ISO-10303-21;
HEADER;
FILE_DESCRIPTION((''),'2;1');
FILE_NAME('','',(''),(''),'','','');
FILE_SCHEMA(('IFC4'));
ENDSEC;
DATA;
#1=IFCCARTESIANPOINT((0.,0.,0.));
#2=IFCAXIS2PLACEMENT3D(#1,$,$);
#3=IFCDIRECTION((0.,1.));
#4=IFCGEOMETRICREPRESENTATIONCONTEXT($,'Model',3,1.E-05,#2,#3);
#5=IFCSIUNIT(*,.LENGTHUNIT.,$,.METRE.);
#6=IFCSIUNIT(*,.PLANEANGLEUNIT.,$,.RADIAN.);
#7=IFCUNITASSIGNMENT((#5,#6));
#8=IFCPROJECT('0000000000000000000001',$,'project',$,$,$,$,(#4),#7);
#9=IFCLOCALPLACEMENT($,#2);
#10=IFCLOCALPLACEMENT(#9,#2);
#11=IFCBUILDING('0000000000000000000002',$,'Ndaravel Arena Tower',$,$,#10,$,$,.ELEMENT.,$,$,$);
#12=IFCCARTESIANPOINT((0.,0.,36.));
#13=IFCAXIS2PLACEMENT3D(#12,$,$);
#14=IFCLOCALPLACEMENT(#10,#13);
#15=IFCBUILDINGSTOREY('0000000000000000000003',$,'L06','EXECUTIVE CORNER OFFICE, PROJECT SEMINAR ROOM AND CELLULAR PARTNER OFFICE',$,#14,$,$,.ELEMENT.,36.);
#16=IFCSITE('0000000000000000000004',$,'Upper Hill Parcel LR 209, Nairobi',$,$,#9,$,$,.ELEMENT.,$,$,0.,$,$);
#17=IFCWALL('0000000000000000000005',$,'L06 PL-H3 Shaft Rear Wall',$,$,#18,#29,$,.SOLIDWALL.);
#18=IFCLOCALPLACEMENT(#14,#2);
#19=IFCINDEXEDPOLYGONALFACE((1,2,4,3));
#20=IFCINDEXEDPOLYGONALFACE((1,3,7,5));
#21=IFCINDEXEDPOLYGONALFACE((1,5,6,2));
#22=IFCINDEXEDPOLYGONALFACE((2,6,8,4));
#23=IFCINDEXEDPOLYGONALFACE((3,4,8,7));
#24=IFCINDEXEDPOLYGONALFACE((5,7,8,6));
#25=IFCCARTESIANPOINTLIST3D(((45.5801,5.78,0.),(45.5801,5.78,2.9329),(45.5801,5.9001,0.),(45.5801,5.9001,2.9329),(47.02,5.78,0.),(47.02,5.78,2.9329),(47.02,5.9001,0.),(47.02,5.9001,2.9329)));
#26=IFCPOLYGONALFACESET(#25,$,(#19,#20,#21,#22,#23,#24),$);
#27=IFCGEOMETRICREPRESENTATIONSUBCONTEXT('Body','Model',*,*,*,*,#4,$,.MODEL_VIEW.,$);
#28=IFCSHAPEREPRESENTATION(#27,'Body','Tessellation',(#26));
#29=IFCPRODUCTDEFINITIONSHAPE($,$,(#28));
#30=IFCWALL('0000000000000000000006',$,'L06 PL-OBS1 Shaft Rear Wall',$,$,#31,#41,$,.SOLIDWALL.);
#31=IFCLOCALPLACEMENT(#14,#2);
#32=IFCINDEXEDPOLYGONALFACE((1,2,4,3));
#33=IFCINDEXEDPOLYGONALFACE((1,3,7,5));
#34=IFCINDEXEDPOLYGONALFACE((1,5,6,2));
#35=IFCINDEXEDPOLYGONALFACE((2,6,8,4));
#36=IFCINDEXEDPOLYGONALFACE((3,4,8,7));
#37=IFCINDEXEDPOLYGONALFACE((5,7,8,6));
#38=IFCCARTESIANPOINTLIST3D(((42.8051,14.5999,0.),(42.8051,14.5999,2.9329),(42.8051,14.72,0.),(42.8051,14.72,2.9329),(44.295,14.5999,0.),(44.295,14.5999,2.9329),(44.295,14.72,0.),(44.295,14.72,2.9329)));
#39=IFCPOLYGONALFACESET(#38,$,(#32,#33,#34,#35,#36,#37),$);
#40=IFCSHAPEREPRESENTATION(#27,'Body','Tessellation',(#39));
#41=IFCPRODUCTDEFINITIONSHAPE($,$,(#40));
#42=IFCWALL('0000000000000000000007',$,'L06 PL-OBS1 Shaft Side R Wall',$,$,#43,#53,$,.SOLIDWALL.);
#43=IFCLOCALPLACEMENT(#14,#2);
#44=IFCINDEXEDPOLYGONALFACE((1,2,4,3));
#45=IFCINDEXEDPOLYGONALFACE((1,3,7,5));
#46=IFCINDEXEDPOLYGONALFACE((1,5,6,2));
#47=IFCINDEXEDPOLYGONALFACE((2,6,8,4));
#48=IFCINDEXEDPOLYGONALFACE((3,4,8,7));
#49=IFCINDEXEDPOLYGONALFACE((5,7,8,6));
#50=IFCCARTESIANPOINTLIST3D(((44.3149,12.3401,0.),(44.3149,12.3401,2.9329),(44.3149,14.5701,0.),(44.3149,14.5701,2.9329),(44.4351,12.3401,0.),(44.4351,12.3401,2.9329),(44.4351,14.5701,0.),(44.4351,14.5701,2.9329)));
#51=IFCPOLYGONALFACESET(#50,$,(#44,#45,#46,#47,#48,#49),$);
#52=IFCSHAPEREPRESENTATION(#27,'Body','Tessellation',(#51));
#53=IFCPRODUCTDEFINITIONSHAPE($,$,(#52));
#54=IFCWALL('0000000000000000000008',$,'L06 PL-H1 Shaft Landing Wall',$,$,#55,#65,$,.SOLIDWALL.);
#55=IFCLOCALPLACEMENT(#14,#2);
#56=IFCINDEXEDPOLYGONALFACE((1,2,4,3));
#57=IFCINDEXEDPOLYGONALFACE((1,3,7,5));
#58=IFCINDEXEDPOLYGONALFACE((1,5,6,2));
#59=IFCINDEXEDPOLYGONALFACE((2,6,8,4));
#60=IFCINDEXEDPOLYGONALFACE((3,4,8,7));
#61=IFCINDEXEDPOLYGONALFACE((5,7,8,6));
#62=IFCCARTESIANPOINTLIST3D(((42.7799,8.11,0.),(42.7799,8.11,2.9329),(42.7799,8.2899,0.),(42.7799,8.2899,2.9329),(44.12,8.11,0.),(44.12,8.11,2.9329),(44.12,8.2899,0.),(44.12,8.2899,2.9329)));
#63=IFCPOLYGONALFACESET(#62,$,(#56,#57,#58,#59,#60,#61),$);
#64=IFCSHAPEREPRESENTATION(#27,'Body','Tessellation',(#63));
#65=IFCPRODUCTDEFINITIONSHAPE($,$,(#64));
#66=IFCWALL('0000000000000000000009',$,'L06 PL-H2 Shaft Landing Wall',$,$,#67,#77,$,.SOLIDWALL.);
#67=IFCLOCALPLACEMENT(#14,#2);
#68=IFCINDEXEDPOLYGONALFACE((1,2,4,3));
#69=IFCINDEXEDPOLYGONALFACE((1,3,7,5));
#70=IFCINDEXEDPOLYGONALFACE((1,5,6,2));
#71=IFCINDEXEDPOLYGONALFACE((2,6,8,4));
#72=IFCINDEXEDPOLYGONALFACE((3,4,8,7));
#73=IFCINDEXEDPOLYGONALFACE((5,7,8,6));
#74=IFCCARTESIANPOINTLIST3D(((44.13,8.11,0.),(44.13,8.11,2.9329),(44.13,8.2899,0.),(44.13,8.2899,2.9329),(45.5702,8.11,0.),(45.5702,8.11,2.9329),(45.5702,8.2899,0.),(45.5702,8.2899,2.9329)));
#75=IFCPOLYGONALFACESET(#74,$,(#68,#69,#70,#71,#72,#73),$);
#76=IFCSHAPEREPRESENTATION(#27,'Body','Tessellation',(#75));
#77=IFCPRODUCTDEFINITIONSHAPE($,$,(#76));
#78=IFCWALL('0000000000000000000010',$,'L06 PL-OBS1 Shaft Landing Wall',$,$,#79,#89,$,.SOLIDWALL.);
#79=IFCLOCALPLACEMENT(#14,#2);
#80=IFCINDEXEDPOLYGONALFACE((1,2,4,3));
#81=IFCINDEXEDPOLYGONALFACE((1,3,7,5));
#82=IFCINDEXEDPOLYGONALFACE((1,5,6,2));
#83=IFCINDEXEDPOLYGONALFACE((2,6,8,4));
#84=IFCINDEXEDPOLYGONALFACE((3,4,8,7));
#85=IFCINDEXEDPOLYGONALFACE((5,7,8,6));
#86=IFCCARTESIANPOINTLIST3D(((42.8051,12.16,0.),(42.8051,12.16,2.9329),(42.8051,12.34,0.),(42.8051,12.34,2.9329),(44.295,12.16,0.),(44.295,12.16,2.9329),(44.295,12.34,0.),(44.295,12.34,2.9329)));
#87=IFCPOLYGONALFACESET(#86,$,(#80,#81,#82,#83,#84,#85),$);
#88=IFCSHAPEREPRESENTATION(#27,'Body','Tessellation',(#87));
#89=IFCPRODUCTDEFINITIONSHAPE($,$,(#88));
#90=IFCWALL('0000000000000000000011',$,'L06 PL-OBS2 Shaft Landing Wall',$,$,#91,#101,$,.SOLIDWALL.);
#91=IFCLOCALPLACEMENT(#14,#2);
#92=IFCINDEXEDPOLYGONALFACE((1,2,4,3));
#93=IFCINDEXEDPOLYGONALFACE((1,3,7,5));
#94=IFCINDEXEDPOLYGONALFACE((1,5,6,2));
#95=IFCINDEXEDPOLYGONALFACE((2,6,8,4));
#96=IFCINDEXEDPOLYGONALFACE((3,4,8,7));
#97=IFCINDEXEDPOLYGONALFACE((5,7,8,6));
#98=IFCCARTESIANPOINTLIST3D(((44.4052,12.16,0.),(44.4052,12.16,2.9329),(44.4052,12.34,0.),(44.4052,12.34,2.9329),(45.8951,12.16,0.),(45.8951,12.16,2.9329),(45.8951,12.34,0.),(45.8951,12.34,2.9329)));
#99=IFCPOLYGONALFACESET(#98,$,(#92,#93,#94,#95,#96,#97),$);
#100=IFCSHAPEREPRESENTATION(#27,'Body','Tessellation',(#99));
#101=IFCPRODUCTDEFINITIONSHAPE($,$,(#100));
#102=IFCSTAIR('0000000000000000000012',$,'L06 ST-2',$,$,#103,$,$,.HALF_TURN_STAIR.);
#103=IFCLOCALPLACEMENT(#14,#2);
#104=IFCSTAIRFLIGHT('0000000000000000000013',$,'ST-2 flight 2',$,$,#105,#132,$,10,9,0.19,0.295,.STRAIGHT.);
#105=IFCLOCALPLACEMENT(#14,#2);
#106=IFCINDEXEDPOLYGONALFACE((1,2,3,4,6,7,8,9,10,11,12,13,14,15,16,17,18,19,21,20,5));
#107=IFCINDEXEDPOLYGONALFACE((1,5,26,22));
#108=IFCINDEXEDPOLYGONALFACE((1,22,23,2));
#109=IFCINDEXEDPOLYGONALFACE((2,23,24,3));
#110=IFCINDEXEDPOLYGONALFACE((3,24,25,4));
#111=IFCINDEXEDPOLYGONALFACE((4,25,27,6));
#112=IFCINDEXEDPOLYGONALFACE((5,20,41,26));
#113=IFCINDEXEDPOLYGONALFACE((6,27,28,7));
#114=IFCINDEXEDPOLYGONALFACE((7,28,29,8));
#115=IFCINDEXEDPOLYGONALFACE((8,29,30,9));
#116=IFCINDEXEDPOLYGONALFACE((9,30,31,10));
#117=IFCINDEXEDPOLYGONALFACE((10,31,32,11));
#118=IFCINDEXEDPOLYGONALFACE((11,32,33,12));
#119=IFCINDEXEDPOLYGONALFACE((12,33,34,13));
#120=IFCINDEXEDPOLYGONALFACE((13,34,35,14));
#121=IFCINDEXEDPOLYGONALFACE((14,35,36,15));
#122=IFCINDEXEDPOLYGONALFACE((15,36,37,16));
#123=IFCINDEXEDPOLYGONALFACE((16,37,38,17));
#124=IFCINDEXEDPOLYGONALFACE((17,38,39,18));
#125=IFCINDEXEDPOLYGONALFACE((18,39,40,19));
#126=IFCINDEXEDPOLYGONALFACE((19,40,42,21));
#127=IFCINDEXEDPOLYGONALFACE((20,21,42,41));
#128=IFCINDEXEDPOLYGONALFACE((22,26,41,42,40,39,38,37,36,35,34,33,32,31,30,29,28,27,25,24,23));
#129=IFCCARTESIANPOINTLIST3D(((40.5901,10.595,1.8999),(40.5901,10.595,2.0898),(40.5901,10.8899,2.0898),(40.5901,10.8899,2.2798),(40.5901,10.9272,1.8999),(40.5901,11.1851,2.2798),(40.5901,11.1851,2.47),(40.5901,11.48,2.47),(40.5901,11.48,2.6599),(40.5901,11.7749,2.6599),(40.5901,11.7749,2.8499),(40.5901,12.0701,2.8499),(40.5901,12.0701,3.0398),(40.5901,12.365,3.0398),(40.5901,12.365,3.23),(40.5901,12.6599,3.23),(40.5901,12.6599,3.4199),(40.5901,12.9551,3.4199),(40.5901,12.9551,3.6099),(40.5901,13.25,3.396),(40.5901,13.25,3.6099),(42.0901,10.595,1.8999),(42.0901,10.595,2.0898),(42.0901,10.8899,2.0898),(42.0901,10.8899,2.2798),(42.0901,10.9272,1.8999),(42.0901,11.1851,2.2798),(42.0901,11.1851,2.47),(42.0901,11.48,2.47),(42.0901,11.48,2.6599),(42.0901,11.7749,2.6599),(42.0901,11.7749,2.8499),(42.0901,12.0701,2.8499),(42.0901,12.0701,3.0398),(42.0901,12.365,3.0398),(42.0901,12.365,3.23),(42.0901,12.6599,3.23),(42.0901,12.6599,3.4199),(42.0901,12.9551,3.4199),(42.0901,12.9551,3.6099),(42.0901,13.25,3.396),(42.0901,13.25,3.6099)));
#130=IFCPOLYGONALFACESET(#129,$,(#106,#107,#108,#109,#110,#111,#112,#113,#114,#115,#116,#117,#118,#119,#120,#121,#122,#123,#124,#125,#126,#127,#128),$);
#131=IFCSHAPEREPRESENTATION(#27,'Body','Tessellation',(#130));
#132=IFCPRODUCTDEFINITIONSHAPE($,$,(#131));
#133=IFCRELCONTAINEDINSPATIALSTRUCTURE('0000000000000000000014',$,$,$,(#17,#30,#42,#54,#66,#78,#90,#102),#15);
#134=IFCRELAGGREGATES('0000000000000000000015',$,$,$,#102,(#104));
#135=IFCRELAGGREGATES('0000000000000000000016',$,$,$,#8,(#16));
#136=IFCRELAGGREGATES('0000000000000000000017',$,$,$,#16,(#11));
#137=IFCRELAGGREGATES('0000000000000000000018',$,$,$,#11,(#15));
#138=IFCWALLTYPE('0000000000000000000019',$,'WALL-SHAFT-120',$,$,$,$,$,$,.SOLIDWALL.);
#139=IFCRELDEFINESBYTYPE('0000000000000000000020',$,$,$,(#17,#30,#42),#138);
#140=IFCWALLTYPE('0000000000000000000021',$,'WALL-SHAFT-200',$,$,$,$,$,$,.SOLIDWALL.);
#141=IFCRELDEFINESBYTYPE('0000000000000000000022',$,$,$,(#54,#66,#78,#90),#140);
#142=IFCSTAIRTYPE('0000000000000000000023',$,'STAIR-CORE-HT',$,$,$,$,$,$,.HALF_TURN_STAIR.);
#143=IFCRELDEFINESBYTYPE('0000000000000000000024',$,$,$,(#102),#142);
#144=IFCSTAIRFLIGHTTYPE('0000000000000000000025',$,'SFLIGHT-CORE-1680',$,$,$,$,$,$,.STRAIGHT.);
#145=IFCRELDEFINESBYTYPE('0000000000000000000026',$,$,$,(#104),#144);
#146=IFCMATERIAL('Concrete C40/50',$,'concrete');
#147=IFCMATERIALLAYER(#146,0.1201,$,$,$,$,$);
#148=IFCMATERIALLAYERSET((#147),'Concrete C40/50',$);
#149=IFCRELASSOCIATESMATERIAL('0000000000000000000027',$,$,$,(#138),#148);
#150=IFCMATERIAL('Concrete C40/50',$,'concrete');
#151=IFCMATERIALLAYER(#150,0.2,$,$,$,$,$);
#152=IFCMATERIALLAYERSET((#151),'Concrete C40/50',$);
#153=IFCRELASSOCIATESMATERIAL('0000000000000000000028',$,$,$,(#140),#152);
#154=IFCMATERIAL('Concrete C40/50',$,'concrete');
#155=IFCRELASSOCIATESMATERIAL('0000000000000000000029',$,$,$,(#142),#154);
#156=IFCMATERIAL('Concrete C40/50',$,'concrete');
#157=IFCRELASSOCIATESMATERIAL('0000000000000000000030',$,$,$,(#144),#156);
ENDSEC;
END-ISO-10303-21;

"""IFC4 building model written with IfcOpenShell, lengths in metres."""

from ifc_helpers import new_model, si_unit, direction, frame, frame_2d, origin, place, context, subcontext, project, spatial, polyline, rectangle, outline, extrude, material, layer, layer_set, type_object, element, aggregate, save


model = new_model("IFC4")

# Units and contexts
model_context = context("Model", 3, precision=1e-05, world=origin(), true_north=direction((0.0, 1.0)))
body_context = subcontext(model_context, "Body", "Model", "MODEL_VIEW")
ifc_project = project(units=[si_unit("LENGTHUNIT", "METRE"), si_unit("PLANEANGLEUNIT", "RADIAN")], contexts=[model_context])

# Site, building, storey
site_placement = place(None, origin())
site = spatial("IfcSite", under=ifc_project, at=site_placement, Name="Upper Hill Parcel LR 209, Nairobi", CompositionType="ELEMENT", RefElevation=0.0)
building_placement = place(site_placement, origin())
building = spatial("IfcBuilding", under=site, at=building_placement, Name="Ndaravel Arena Tower", CompositionType="ELEMENT")
storey_placement = place(building_placement, frame((0.0, 0.0, 36.0)))
storey = spatial("IfcBuildingStorey", under=building, at=storey_placement, Name="L06", Description="EXECUTIVE CORNER OFFICE, PROJECT SEMINAR ROOM AND CELLULAR PARTNER OFFICE", CompositionType="ELEMENT", Elevation=36.0)

# Walls
ifc_material_1 = material(Name="Concrete C40/50", Category="concrete")
ifc_layer_1 = layer(ifc_material_1, 0.1201)
ifc_layer_set_1 = layer_set([ifc_layer_1], Name="Concrete C40/50")
wall_type_1 = type_object("IfcWallType", Name="WALL-SHAFT-120", PredefinedType="SOLIDWALL", material=ifc_layer_set_1)
wall_1_placement = place(storey_placement, frame((45.5801, 5.8401, 0.0), z_axis=(0.0, 0.0, 1.0), x_axis=(1.0, 0.0, 0.0)))
element("IfcWall", 1, at=wall_1_placement, inside=storey, type_object=wall_type_1, Name="L06 PL-H3 Shaft Rear Wall", PredefinedType="SOLIDWALL", context=body_context, shape_type="SweptSolid", body=[
    extrude(rectangle(XDim=1.4399, YDim=0.1201, at=frame_2d((0.72, 0.0))), origin(), (0.0, 0.0, 1.0), 2.9329),
])
wall_2_placement = place(storey_placement, frame((42.8049, 14.6599, 0.0), z_axis=(0.0, 0.0, 1.0), x_axis=(1.0, 0.0, 0.0)))
element("IfcWall", 2, at=wall_2_placement, inside=storey, type_object=wall_type_1, Name="L06 PL-OBS1 Shaft Rear Wall", PredefinedType="SOLIDWALL", context=body_context, shape_type="SweptSolid", body=[
    extrude(rectangle(XDim=1.49, YDim=0.1201, at=frame_2d((0.7451, 0.0))), origin(), (0.0, 0.0, 1.0), 2.9329),
])
wall_3_placement = place(storey_placement, frame((44.375, 12.3401, 0.0), z_axis=(0.0, 0.0, 1.0), x_axis=(0.0, 1.0, 0.0)))
element("IfcWall", 3, at=wall_3_placement, inside=storey, type_object=wall_type_1, Name="L06 PL-OBS1 Shaft Side R Wall", PredefinedType="SOLIDWALL", context=body_context, shape_type="SweptSolid", body=[
    extrude(rectangle(XDim=2.23, YDim=0.1201, at=frame_2d((1.115, 0.0))), origin(), (0.0, 0.0, 1.0), 2.9329),
])
ifc_material_2 = material(Name="Concrete C40/50", Category="concrete")
ifc_layer_2 = layer(ifc_material_2, 0.2)
ifc_layer_set_2 = layer_set([ifc_layer_2], Name="Concrete C40/50")
wall_type_2 = type_object("IfcWallType", Name="WALL-SHAFT-200", PredefinedType="SOLIDWALL", material=ifc_layer_set_2)
wall_4_placement = place(storey_placement, frame((42.78, 8.2, 0.0), z_axis=(0.0, 0.0, 1.0), x_axis=(1.0, 0.0, 0.0)))
element("IfcWall", 4, at=wall_4_placement, inside=storey, type_object=wall_type_2, Name="L06 PL-H1 Shaft Landing Wall", PredefinedType="SOLIDWALL", context=body_context, shape_type="SweptSolid", body=[
    extrude(rectangle(XDim=1.3401, YDim=0.1799, at=frame_2d((0.6699, 0.0))), origin(), (0.0, 0.0, 1.0), 2.9329),
])
wall_5_placement = place(storey_placement, frame((44.1299, 8.2, 0.0), z_axis=(0.0, 0.0, 1.0), x_axis=(1.0, 0.0, 0.0)))
element("IfcWall", 5, at=wall_5_placement, inside=storey, type_object=wall_type_2, Name="L06 PL-H2 Shaft Landing Wall", PredefinedType="SOLIDWALL", context=body_context, shape_type="SweptSolid", body=[
    extrude(rectangle(XDim=1.4402, YDim=0.1799, at=frame_2d((0.7202, 0.0))), origin(), (0.0, 0.0, 1.0), 2.9329),
])
for number, where, z_axis, x_axis, name in (
    (6, (42.8049, 12.25, 0.0), (0.0, 0.0, 1.0), (1.0, 0.0, 0.0), "L06 PL-OBS1 Shaft Landing Wall"),
    (7, (44.405, 12.25, 0.0), (0.0, 0.0, 1.0), (1.0, 0.0, 0.0), "L06 PL-OBS2 Shaft Landing Wall"),
):
    element("IfcWall", number, at=place(storey_placement, frame(where, z_axis=z_axis, x_axis=x_axis)), inside=storey, type_object=wall_type_2, Name=name, PredefinedType="SOLIDWALL", context=body_context, shape_type="SweptSolid", body=[
        extrude(rectangle(XDim=1.49, YDim=0.1799, at=frame_2d((0.7451, 0.0))), origin(), (0.0, 0.0, 1.0), 2.9329),
    ])

# Stair, stair flight
ifc_material_3 = material(Name="Concrete C40/50", Category="concrete")
stair_type = type_object("IfcStairType", Name="STAIR-CORE-HT", PredefinedType="HALF_TURN_STAIR", material=ifc_material_3)
stair_placement = place(storey_placement, origin())
stair = element("IfcStair", 8, at=stair_placement, inside=storey, type_object=stair_type, Name="L06 ST-2", PredefinedType="HALF_TURN_STAIR")
ifc_material_4 = material(Name="Concrete C40/50", Category="concrete")
stair_flight_type = type_object("IfcStairFlightType", Name="SFLIGHT-CORE-1680", PredefinedType="STRAIGHT", material=ifc_material_4)
stair_flight_placement = place(storey_placement, frame((41.3401, 10.595, 1.8999), z_axis=(0.0, 0.0, 1.0), x_axis=(0.0, 1.0, 0.0)))
stair_flight = element("IfcStairFlight", 9, at=stair_flight_placement, type_object=stair_flight_type, Name="ST-2 flight 2", NumberOfRisers=10, NumberOfTreads=9, PredefinedType="STRAIGHT", RiserHeight=0.19, TreadLength=0.295, context=body_context, shape_type="SweptSolid", body=[
    extrude(outline(polyline([(0.0, 0.0), (0.0, 0.1899), (0.2949, 0.1899), (0.2949, 0.3799), (0.5901, 0.3799), (0.5901, 0.5701), (0.885, 0.5701), (0.885, 0.76), (1.1799, 0.76), (1.1799, 0.95), (1.4751, 0.95), (1.4751, 1.1399), (1.77, 1.1399), (1.77, 1.3301), (2.0649, 1.3301), (2.0649, 1.52), (2.3601, 1.52), (2.3601, 1.71), (2.655, 1.71), (2.655, 1.8999), (2.655, 1.4961), (0.3323, 0.0), (0.0, 0.0)])), frame((0.0, 0.75, 0.0), z_axis=(0.0, -1.0, 0.0), x_axis=(1.0, 0.0, 0.0)), (0.0, 0.0, 1.0), 1.5),
])
aggregate(stair, [stair_flight])

save(model, "model.ifc")
